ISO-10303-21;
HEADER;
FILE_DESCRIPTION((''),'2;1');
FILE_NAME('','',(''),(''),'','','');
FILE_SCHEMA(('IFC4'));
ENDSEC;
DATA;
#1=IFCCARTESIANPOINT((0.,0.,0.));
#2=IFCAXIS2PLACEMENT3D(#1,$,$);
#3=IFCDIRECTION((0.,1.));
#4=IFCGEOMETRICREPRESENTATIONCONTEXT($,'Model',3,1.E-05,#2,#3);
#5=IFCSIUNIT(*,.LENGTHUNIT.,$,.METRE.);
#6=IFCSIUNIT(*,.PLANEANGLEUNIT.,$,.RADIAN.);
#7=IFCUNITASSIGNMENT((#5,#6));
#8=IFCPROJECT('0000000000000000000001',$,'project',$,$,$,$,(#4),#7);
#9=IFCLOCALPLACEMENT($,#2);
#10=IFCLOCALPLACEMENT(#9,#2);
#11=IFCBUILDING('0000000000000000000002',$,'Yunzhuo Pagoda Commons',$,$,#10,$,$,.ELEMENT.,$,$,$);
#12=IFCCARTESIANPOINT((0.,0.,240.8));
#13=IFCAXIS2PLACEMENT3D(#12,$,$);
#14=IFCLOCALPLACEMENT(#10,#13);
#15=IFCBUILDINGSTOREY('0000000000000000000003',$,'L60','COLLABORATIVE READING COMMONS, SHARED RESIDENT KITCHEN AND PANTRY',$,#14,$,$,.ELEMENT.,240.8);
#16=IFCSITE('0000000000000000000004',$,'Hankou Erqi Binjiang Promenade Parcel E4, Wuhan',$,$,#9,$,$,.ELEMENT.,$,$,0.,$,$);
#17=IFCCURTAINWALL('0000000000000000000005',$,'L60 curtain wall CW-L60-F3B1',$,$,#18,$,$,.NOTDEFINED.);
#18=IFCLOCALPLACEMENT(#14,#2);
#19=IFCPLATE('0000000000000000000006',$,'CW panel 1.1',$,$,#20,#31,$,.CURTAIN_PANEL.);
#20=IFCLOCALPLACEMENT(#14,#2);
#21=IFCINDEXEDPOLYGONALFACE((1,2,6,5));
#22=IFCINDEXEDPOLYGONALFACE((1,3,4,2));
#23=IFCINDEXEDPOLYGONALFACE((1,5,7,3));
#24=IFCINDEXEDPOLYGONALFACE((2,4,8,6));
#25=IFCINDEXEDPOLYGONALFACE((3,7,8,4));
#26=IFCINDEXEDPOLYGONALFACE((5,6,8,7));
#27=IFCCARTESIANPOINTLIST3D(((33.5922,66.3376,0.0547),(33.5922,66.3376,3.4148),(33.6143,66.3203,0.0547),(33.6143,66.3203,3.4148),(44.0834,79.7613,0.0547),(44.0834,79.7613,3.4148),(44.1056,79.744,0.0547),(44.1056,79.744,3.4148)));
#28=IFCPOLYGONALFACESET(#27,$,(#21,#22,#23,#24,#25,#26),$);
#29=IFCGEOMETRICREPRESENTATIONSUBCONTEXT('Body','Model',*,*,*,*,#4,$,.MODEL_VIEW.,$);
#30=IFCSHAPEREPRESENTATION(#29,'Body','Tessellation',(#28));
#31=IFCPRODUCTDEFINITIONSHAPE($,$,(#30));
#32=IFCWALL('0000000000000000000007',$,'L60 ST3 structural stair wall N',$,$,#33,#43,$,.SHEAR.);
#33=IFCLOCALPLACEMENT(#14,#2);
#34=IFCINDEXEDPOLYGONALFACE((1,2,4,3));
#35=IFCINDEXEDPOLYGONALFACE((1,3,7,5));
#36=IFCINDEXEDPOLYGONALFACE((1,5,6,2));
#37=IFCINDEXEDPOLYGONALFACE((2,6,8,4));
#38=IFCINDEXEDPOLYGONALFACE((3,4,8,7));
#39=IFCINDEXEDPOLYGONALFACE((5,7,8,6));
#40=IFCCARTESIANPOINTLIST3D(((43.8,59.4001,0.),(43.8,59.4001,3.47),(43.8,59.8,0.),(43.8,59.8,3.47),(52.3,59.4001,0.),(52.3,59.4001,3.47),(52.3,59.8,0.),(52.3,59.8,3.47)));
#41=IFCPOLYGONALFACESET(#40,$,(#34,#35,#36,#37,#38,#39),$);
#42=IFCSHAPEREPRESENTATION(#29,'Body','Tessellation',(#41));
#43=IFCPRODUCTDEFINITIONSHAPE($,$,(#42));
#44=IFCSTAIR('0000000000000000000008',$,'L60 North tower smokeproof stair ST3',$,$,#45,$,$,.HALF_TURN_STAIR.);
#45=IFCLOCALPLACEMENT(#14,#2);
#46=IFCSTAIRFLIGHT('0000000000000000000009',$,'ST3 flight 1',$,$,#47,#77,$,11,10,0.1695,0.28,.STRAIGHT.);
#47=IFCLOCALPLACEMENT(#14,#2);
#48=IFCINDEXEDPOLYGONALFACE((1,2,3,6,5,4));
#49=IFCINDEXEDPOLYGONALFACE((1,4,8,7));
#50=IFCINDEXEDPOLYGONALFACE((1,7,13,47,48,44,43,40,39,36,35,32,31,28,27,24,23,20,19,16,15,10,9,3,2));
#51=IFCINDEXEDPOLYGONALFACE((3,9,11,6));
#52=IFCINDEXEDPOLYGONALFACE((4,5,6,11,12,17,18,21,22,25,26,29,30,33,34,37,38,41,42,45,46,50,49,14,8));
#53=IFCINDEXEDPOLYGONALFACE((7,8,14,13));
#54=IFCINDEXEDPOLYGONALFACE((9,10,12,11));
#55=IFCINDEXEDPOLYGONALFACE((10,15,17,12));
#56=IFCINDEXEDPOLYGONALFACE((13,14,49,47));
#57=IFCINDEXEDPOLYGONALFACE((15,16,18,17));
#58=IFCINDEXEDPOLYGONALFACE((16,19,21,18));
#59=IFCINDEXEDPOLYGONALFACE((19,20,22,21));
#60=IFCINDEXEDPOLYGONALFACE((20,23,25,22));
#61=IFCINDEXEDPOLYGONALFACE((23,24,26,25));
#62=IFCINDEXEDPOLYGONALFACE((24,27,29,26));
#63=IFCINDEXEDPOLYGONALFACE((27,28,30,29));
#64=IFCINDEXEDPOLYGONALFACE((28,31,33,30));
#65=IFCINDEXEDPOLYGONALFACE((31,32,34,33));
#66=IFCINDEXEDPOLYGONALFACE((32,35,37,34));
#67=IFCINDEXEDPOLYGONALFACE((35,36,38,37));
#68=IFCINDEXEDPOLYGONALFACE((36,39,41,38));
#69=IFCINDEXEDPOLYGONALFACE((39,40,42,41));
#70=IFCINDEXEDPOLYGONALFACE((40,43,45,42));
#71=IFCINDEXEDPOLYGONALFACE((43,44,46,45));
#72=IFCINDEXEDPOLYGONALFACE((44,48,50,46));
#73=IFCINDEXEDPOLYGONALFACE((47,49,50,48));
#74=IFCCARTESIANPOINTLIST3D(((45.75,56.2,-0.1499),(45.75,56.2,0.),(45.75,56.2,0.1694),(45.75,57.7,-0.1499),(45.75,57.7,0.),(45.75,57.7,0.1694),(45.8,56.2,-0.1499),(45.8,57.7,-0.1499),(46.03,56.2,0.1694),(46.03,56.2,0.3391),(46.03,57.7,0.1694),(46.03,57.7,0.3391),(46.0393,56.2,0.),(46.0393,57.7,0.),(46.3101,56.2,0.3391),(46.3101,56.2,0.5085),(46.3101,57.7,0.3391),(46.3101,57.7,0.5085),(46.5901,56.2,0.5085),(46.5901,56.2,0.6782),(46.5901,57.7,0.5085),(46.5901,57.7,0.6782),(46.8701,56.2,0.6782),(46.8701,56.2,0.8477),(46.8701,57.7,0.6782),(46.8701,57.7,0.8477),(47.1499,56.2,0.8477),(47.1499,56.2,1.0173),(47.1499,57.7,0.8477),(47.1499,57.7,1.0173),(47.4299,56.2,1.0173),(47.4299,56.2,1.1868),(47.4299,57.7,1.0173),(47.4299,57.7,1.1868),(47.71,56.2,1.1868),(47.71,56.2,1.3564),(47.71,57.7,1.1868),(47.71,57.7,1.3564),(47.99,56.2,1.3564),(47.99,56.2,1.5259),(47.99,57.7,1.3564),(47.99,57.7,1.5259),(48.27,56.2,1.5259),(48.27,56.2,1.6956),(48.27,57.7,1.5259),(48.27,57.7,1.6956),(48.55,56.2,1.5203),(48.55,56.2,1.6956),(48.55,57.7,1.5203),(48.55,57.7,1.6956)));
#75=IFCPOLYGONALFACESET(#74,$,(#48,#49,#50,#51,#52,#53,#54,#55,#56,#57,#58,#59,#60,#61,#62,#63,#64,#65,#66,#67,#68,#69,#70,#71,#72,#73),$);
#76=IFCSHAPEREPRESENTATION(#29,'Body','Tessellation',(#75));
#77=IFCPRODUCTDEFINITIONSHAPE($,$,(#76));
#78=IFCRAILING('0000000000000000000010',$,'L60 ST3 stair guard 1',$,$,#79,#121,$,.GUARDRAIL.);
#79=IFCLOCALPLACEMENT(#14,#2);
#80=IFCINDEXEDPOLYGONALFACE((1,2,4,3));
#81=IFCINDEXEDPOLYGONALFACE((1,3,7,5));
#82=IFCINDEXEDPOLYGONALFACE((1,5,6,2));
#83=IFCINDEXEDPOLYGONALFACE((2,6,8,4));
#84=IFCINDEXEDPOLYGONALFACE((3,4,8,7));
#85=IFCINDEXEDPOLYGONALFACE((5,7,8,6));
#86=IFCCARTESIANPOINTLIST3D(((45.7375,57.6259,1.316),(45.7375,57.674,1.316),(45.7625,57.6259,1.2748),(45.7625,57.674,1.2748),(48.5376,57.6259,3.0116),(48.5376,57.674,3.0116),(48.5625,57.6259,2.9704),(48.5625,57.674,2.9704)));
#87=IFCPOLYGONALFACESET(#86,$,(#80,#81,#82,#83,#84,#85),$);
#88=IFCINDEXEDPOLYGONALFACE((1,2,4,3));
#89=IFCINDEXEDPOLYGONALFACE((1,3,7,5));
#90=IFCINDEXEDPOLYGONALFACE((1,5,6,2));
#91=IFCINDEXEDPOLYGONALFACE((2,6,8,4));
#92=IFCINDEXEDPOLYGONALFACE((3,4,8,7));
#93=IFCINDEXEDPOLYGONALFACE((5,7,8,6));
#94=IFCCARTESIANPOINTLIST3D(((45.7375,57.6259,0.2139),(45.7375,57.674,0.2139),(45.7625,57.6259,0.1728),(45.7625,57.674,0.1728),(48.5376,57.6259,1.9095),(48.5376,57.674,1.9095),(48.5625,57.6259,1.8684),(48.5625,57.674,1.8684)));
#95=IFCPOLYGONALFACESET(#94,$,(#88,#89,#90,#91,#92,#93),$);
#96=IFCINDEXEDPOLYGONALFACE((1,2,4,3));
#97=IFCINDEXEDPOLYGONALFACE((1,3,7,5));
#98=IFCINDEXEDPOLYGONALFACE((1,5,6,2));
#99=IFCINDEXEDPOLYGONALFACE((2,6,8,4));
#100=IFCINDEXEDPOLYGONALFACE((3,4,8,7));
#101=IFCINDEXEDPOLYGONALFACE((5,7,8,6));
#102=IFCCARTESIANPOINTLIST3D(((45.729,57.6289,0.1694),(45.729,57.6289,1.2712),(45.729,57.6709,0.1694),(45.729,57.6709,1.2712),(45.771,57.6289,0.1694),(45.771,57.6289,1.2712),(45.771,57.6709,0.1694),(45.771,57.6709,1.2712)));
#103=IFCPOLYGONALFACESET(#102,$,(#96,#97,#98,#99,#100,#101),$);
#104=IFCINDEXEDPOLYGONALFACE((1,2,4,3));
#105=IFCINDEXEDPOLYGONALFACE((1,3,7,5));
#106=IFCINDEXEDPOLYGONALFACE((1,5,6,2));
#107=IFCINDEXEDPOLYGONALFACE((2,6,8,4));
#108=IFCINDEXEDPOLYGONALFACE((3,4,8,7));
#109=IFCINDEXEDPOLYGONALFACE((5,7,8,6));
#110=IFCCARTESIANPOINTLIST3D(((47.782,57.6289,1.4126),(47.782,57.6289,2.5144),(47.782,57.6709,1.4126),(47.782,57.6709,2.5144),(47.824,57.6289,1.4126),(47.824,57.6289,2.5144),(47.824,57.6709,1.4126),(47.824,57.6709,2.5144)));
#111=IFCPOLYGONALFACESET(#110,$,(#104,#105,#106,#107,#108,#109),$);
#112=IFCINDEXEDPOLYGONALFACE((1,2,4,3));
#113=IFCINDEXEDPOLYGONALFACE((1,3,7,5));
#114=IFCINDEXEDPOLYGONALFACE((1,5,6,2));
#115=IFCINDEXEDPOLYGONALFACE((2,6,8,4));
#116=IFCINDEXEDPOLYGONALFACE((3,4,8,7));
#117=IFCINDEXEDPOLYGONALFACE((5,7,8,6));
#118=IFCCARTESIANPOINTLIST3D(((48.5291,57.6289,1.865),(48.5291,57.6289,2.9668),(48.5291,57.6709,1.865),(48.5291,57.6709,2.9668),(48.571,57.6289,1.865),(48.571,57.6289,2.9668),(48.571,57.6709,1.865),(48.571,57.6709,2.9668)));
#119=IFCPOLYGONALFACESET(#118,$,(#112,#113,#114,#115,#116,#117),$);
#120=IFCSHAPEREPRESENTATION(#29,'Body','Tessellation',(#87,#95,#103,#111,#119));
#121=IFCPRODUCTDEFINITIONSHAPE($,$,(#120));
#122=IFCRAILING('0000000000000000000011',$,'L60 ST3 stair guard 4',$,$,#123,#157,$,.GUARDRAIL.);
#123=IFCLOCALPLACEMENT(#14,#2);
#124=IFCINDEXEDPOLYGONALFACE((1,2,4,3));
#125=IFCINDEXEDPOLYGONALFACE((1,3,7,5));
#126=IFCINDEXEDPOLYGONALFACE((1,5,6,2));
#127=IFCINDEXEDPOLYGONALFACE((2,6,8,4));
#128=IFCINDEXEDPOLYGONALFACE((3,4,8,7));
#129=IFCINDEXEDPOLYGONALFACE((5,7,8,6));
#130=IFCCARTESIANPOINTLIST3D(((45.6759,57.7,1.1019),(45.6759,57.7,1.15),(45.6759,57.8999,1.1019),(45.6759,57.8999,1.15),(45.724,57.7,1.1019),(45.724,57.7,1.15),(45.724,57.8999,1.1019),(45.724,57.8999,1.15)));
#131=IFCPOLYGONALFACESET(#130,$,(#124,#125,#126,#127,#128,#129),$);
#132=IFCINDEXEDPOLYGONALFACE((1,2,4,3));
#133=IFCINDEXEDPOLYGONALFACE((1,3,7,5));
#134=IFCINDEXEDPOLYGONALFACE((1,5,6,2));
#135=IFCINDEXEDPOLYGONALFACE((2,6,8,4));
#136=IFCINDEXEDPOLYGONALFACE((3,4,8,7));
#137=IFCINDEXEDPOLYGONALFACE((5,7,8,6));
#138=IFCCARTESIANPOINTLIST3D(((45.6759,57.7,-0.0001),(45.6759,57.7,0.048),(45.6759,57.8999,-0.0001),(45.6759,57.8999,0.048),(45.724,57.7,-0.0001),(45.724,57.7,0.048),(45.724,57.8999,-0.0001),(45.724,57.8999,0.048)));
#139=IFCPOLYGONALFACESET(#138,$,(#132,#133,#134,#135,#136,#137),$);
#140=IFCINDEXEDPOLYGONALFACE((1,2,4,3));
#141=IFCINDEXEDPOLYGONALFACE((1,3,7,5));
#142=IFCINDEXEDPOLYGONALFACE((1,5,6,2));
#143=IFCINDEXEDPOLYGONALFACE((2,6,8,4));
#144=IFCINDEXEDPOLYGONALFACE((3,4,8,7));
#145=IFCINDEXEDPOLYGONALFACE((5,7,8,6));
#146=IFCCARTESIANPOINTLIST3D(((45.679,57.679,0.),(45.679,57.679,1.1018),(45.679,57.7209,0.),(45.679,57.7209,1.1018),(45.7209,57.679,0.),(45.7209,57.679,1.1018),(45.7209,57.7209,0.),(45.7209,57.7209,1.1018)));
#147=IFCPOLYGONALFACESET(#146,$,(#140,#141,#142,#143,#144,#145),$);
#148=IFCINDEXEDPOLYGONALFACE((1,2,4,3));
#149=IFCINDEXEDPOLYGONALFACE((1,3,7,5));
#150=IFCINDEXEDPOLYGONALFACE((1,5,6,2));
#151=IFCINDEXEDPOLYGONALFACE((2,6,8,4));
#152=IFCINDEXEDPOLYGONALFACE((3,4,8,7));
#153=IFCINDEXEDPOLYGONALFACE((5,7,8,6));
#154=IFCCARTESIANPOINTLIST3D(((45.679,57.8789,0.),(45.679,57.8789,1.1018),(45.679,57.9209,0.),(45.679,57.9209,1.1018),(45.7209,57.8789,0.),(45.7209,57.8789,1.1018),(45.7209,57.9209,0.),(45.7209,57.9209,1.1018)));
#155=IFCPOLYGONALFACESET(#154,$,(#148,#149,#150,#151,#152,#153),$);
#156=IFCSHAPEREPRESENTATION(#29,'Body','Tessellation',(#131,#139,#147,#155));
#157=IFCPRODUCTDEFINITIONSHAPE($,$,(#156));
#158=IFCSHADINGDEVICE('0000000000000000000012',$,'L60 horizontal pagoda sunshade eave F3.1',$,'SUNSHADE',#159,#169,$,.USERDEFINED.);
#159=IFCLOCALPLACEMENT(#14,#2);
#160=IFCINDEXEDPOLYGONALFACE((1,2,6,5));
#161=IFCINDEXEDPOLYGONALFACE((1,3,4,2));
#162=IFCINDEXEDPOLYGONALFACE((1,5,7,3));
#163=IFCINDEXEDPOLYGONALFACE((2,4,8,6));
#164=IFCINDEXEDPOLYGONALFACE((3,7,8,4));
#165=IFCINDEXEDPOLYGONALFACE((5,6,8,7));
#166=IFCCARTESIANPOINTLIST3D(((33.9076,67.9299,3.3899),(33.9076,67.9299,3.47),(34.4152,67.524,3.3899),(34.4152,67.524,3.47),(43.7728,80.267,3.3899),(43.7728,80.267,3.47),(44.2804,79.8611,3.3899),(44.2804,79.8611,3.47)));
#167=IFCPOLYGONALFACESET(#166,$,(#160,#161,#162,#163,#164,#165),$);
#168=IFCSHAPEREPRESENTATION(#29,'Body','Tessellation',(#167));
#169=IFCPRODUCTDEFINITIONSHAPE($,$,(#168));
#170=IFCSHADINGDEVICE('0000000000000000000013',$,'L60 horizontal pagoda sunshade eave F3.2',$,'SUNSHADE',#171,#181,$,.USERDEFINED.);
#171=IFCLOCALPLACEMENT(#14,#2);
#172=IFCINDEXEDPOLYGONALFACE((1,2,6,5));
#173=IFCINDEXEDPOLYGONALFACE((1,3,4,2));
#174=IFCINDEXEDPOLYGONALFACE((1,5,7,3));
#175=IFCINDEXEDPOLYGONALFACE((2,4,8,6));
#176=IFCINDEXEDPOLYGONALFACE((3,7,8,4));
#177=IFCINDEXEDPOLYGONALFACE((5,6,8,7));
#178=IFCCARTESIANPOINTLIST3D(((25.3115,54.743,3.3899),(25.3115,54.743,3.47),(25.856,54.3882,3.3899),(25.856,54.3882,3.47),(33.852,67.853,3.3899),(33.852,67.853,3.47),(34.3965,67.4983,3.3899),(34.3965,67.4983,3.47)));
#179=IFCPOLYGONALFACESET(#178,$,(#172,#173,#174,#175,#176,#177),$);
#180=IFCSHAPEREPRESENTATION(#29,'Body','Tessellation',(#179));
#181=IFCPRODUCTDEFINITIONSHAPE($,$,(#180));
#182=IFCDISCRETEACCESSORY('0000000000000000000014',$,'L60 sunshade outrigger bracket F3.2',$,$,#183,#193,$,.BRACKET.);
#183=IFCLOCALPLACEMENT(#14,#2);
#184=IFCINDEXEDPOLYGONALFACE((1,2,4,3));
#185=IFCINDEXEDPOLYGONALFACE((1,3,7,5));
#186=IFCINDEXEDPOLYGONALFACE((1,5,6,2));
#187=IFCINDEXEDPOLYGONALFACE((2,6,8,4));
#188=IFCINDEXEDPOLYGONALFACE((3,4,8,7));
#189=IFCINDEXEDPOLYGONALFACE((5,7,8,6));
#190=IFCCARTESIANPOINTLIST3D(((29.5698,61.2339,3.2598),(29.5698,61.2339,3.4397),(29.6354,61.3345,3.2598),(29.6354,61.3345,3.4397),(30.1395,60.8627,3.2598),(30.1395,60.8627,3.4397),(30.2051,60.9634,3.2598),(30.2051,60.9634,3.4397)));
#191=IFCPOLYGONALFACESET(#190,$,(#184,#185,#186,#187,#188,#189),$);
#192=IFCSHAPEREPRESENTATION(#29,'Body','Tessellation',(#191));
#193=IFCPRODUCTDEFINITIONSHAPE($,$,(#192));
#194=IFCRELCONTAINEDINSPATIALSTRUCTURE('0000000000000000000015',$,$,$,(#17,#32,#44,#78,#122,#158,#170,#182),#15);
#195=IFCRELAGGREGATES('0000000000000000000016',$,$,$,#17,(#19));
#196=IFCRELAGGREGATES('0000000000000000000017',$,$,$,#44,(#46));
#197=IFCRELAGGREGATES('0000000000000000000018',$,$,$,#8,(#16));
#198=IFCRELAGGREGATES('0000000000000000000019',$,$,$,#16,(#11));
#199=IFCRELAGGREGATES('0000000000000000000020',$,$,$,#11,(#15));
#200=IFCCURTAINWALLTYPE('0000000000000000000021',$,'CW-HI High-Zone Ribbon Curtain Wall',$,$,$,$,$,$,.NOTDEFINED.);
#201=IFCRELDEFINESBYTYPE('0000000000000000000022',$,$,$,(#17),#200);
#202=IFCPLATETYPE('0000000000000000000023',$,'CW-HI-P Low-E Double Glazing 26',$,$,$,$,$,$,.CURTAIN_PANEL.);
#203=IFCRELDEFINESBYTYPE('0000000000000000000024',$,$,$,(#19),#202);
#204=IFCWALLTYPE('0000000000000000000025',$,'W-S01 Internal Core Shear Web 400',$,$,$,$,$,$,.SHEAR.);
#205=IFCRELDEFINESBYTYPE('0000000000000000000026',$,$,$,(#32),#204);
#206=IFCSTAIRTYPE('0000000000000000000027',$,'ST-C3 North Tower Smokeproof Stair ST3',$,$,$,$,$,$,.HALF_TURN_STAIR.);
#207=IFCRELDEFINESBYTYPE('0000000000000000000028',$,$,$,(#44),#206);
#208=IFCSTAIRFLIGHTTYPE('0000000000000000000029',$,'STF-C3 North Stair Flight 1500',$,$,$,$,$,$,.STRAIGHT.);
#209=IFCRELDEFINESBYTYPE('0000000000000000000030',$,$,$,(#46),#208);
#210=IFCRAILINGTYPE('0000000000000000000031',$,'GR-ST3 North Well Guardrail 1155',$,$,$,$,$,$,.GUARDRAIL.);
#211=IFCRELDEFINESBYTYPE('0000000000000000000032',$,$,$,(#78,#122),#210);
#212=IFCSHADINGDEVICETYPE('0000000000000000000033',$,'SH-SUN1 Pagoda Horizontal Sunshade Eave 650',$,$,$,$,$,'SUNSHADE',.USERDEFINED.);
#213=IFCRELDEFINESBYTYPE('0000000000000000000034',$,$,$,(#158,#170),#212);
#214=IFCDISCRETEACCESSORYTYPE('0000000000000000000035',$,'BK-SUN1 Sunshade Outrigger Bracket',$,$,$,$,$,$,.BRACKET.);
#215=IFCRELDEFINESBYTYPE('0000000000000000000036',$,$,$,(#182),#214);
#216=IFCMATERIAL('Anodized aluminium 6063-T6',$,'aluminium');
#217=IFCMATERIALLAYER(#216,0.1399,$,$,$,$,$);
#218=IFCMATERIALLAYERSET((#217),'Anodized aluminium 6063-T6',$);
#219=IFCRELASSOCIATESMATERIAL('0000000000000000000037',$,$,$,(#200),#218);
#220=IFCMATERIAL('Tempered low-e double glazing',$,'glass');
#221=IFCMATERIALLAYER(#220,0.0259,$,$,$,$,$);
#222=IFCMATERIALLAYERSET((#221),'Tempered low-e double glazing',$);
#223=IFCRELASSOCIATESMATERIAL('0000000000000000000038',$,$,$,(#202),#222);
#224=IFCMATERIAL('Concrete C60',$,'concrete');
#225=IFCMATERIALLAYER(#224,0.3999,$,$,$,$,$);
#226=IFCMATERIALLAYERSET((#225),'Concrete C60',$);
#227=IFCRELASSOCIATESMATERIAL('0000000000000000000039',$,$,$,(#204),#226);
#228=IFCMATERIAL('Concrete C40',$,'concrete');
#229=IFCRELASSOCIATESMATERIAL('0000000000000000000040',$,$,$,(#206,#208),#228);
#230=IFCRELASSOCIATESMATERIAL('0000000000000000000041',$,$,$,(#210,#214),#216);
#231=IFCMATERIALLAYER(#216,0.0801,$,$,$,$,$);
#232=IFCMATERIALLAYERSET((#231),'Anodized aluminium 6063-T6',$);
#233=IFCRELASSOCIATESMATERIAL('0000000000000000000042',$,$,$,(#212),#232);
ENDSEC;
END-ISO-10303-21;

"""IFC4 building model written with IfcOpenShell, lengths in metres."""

from ifc_helpers import new_model, si_unit, direction, frame, frame_2d, origin, origin_2d, place, context, subcontext, project, spatial, polyline, rectangle, outline, extrude, source, transform, mapped, material, layer, layer_set, type_object, element, aggregate, save


model = new_model("IFC4")

# Units and contexts
model_context = context("Model", 3, precision=1e-05, world=origin(), true_north=direction((0.0, 1.0)))
body_context = subcontext(model_context, "Body", "Model", "MODEL_VIEW")
ifc_project = project(units=[si_unit("LENGTHUNIT", "METRE"), si_unit("PLANEANGLEUNIT", "RADIAN")], contexts=[model_context])

# Site, building, storey
site_placement = place(None, origin())
site = spatial("IfcSite", under=ifc_project, at=site_placement, Name="Hankou Erqi Binjiang Promenade Parcel E4, Wuhan", CompositionType="ELEMENT", RefElevation=0.0)
building_placement = place(site_placement, origin())
building = spatial("IfcBuilding", under=site, at=building_placement, Name="Yunzhuo Pagoda Commons", CompositionType="ELEMENT")
storey_placement = place(building_placement, frame((0.0, 0.0, 240.8)))
storey = spatial("IfcBuildingStorey", under=building, at=storey_placement, Name="L60", Description="COLLABORATIVE READING COMMONS, SHARED RESIDENT KITCHEN AND PANTRY", CompositionType="ELEMENT", Elevation=240.8)

# Shared definitions
ifc_material_1 = material(Name="Anodized aluminium 6063-T6", Category="aluminium")
ifc_layer_1 = layer(ifc_material_1, 0.1399)
ifc_layer_set_1 = layer_set([ifc_layer_1], Name="Anodized aluminium 6063-T6")
curtain_wall_type = type_object("IfcCurtainWallType", Name="CW-HI High-Zone Ribbon Curtain Wall", PredefinedType="NOTDEFINED", material=ifc_layer_set_1)

# Curtain wall
curtain_wall_1_placement = place(storey_placement, origin())
curtain_wall_1 = element("IfcCurtainWall", 1, at=curtain_wall_1_placement, inside=storey, type_object=curtain_wall_type, Name="L60 curtain wall CW-L60-F3B1", PredefinedType="NOTDEFINED")

# Shared definitions
ifc_material_2 = material(Name="Tempered low-e double glazing", Category="glass")
ifc_layer_2 = layer(ifc_material_2, 0.0259)
ifc_layer_set_2 = layer_set([ifc_layer_2], Name="Tempered low-e double glazing")
plate_type_1 = type_object("IfcPlateType", Name="CW-HI-P Low-E Double Glazing 26", PredefinedType="CURTAIN_PANEL", material=ifc_layer_set_2)

# Plate
shared_shape_1 = source(origin(), body_context, "Body", "SweptSolid", [
    extrude(rectangle(XDim=17.0371, YDim=0.0281, at=origin_2d()), origin(), (0.0, 0.0, 1.0), 3.3601),
])
plate_1_placement = place(storey_placement, frame((38.8489, 73.0408, 0.0547), z_axis=(0.0, 0.0, 1.0), x_axis=(-0.615789, -0.787911, 0.0)))
plate_1 = element("IfcPlate", 2, at=plate_1_placement, type_object=plate_type_1, Name="CW panel 1.1", PredefinedType="CURTAIN_PANEL", context=body_context, shape_type="MappedRepresentation", body=[
    mapped(shared_shape_1, transform((0.0, 0.0, 0.0), scale=1.0)),
])
aggregate(curtain_wall_1, [plate_1])

# Wall
ifc_material_3 = material(Name="Concrete C60", Category="concrete")
ifc_layer_3 = layer(ifc_material_3, 0.3999)
ifc_layer_set_3 = layer_set([ifc_layer_3], Name="Concrete C60")
wall_type = type_object("IfcWallType", Name="W-S01 Internal Core Shear Web 400", PredefinedType="SHEAR", material=ifc_layer_set_3)
wall_placement = place(storey_placement, frame((43.8, 59.6001, 0.0), z_axis=(0.0, 0.0, 1.0), x_axis=(1.0, 0.0, 0.0)))
element("IfcWall", 3, at=wall_placement, inside=storey, type_object=wall_type, Name="L60 ST3 structural stair wall N", PredefinedType="SHEAR", context=body_context, shape_type="SweptSolid", body=[
    extrude(rectangle(XDim=8.5, YDim=0.3999, at=frame_2d((4.25, 0.0))), origin(), (0.0, 0.0, 1.0), 3.47),
])

# Stair, stair flight
ifc_material_4 = material(Name="Concrete C40", Category="concrete")
stair_type = type_object("IfcStairType", Name="ST-C3 North Tower Smokeproof Stair ST3", PredefinedType="HALF_TURN_STAIR", material=ifc_material_4)
stair_placement = place(storey_placement, origin())
stair = element("IfcStair", 4, at=stair_placement, inside=storey, type_object=stair_type, Name="L60 North tower smokeproof stair ST3", PredefinedType="HALF_TURN_STAIR")
stair_flight_type = type_object("IfcStairFlightType", Name="STF-C3 North Stair Flight 1500", PredefinedType="STRAIGHT", material=ifc_material_4)
shared_shape_2 = source(origin(), body_context, "Body", "SweptSolid", [
    extrude(outline(polyline([(0.0, -0.1499), (0.0, 0.0), (0.0, 0.1694), (0.28, 0.1694), (0.28, 0.3391), (0.5601, 0.3391), (0.5601, 0.5085), (0.8401, 0.5085), (0.8401, 0.6782), (1.1201, 0.6782), (1.1201, 0.8477), (1.3999, 0.8477), (1.3999, 1.0173), (1.6799, 1.0173), (1.6799, 1.1868), (1.96, 1.1868), (1.96, 1.3564), (2.24, 1.3564), (2.24, 1.5259), (2.52, 1.5259), (2.52, 1.6956), (2.8, 1.6956), (2.8, 1.865), (2.8, 1.5203), (0.2893, 0.0), (0.05, -0.1499), (0.0, -0.1499)])), frame((0.0, 0.75, 0.0), z_axis=(0.0, -1.0, 0.0), x_axis=(1.0, 0.0, 0.0)), (0.0, 0.0, 1.0), 1.5),
])
stair_flight_placement = place(storey_placement, frame((45.75, 56.95, 0.0), z_axis=(0.0, 0.0, 1.0), x_axis=(1.0, 0.0, 0.0)))
stair_flight = element("IfcStairFlight", 5, at=stair_flight_placement, type_object=stair_flight_type, Name="ST3 flight 1", NumberOfRisers=11, NumberOfTreads=10, PredefinedType="STRAIGHT", RiserHeight=0.1695, TreadLength=0.28, context=body_context, shape_type="MappedRepresentation", body=[
    mapped(shared_shape_2, transform((0.0, 0.0, 0.0), scale=1.0)),
])
aggregate(stair, [stair_flight])

# Railings
railing_type = type_object("IfcRailingType", Name="GR-ST3 North Well Guardrail 1155", PredefinedType="GUARDRAIL", material=ifc_material_1)
railing_1_placement = place(storey_placement, frame((45.75, 57.6499, 0.1694)))
element("IfcRailing", 6, at=railing_1_placement, inside=storey, type_object=railing_type, Name="L60 ST3 stair guard 1", PredefinedType="GUARDRAIL", context=body_context, shape_type="SweptSolid", body=[
    extrude(rectangle(XDim=0.0481, YDim=0.0481, at=origin_2d()), frame((0.0, 0.0, 1.126), z_axis=(0.855393, 0.0, 0.517979), x_axis=(0.0, 1.0, 0.0)), (0.0, 0.0, 1.0), 3.2734),
    extrude(rectangle(XDim=0.0481, YDim=0.0481, at=origin_2d()), frame((0.0, 0.0, 0.0239), z_axis=(0.855393, 0.0, 0.517979), x_axis=(0.0, 1.0, 0.0)), (0.0, 0.0, 1.0), 3.2734),
    extrude(rectangle(XDim=0.042, YDim=0.042, at=origin_2d()), origin(), (0.0, 0.0, 1.0), 1.1018),
    extrude(rectangle(XDim=0.042, YDim=0.042, at=origin_2d()), frame((2.053, 0.0, 1.2432)), (0.0, 0.0, 1.0), 1.1018),
    extrude(rectangle(XDim=0.042, YDim=0.042, at=origin_2d()), frame((2.8, 0.0, 1.6956)), (0.0, 0.0, 1.0), 1.1018),
])
railing_2_placement = place(storey_placement, frame((45.7, 57.7, 0.0)))
element("IfcRailing", 7, at=railing_2_placement, inside=storey, type_object=railing_type, Name="L60 ST3 stair guard 4", PredefinedType="GUARDRAIL", context=body_context, shape_type="SweptSolid", body=[
    extrude(rectangle(XDim=0.0481, YDim=0.0481, at=origin_2d()), frame((0.0, 0.0, 1.126), z_axis=(0.0, 1.0, 0.0), x_axis=(-1.0, 0.0, 0.0)), (0.0, 0.0, 1.0), 0.2),
    extrude(rectangle(XDim=0.0481, YDim=0.0481, at=origin_2d()), frame((0.0, 0.0, 0.0239), z_axis=(0.0, 1.0, 0.0), x_axis=(-1.0, 0.0, 0.0)), (0.0, 0.0, 1.0), 0.2),
    extrude(rectangle(XDim=0.042, YDim=0.042, at=origin_2d()), origin(), (0.0, 0.0, 1.0), 1.1018),
    extrude(rectangle(XDim=0.042, YDim=0.042, at=origin_2d()), frame((0.0, 0.2, 0.0)), (0.0, 0.0, 1.0), 1.1018),
])

# Shading devices
ifc_layer_4 = layer(ifc_material_1, 0.0801)
ifc_layer_set_4 = layer_set([ifc_layer_4], Name="Anodized aluminium 6063-T6")
shading_device_type = type_object("IfcShadingDeviceType", Name="SH-SUN1 Pagoda Horizontal Sunshade Eave 650", ElementType="SUNSHADE", PredefinedType="USERDEFINED", material=ifc_layer_set_4)
shared_shape_3 = source(origin(), body_context, "Body", "SweptSolid", [
    extrude(rectangle(XDim=15.7964, YDim=0.6499, at=origin_2d()), origin(), (0.0, 0.0, 1.0), 0.0801),
])
shading_device_1_placement = place(storey_placement, frame((39.094, 73.8955, 3.3899), z_axis=(0.0, 0.0, 1.0), x_axis=(-0.62452, -0.781008, 0.0)))
element("IfcShadingDevice", 8, at=shading_device_1_placement, inside=storey, type_object=shading_device_type, Name="L60 horizontal pagoda sunshade eave F3.1", ObjectType="SUNSHADE", PredefinedType="USERDEFINED", context=body_context, shape_type="MappedRepresentation", body=[
    mapped(shared_shape_3, transform((0.0, 0.0, 0.0), scale=1.0)),
])
shared_shape_4 = source(origin(), body_context, "Body", "SweptSolid", [
    extrude(rectangle(XDim=15.6465, YDim=0.6499, at=origin_2d()), origin(), (0.0, 0.0, 1.0), 0.0801),
])
shading_device_2_placement = place(storey_placement, frame((29.854, 61.1206, 3.3899), z_axis=(0.0, 0.0, 1.0), x_axis=(-0.545839, -0.83789, 0.0)))
element("IfcShadingDevice", 9, at=shading_device_2_placement, inside=storey, type_object=shading_device_type, Name="L60 horizontal pagoda sunshade eave F3.2", ObjectType="SUNSHADE", PredefinedType="USERDEFINED", context=body_context, shape_type="MappedRepresentation", body=[
    mapped(shared_shape_4, transform((0.0, 0.0, 0.0), scale=1.0)),
])

# Discrete accessory
discrete_accessory_type = type_object("IfcDiscreteAccessoryType", Name="BK-SUN1 Sunshade Outrigger Bracket", PredefinedType="BRACKET", material=ifc_material_1)
shared_shape_5 = source(origin(), body_context, "Body", "SweptSolid", [
    extrude(rectangle(XDim=0.1201, YDim=0.6799, at=origin_2d()), origin(), (0.0, 0.0, 1.0), 0.1799),
])
discrete_accessory_placement = place(storey_placement, frame((29.8875, 61.0986, 3.2598), z_axis=(0.0, 0.0, 1.0), x_axis=(-0.545839, -0.83789, 0.0)))
element("IfcDiscreteAccessory", 10, at=discrete_accessory_placement, inside=storey, type_object=discrete_accessory_type, Name="L60 sunshade outrigger bracket F3.2", PredefinedType="BRACKET", context=body_context, shape_type="MappedRepresentation", body=[
    mapped(shared_shape_5, transform((0.0, 0.0, 0.0), scale=1.0)),
])

save(model, "model.ifc")
